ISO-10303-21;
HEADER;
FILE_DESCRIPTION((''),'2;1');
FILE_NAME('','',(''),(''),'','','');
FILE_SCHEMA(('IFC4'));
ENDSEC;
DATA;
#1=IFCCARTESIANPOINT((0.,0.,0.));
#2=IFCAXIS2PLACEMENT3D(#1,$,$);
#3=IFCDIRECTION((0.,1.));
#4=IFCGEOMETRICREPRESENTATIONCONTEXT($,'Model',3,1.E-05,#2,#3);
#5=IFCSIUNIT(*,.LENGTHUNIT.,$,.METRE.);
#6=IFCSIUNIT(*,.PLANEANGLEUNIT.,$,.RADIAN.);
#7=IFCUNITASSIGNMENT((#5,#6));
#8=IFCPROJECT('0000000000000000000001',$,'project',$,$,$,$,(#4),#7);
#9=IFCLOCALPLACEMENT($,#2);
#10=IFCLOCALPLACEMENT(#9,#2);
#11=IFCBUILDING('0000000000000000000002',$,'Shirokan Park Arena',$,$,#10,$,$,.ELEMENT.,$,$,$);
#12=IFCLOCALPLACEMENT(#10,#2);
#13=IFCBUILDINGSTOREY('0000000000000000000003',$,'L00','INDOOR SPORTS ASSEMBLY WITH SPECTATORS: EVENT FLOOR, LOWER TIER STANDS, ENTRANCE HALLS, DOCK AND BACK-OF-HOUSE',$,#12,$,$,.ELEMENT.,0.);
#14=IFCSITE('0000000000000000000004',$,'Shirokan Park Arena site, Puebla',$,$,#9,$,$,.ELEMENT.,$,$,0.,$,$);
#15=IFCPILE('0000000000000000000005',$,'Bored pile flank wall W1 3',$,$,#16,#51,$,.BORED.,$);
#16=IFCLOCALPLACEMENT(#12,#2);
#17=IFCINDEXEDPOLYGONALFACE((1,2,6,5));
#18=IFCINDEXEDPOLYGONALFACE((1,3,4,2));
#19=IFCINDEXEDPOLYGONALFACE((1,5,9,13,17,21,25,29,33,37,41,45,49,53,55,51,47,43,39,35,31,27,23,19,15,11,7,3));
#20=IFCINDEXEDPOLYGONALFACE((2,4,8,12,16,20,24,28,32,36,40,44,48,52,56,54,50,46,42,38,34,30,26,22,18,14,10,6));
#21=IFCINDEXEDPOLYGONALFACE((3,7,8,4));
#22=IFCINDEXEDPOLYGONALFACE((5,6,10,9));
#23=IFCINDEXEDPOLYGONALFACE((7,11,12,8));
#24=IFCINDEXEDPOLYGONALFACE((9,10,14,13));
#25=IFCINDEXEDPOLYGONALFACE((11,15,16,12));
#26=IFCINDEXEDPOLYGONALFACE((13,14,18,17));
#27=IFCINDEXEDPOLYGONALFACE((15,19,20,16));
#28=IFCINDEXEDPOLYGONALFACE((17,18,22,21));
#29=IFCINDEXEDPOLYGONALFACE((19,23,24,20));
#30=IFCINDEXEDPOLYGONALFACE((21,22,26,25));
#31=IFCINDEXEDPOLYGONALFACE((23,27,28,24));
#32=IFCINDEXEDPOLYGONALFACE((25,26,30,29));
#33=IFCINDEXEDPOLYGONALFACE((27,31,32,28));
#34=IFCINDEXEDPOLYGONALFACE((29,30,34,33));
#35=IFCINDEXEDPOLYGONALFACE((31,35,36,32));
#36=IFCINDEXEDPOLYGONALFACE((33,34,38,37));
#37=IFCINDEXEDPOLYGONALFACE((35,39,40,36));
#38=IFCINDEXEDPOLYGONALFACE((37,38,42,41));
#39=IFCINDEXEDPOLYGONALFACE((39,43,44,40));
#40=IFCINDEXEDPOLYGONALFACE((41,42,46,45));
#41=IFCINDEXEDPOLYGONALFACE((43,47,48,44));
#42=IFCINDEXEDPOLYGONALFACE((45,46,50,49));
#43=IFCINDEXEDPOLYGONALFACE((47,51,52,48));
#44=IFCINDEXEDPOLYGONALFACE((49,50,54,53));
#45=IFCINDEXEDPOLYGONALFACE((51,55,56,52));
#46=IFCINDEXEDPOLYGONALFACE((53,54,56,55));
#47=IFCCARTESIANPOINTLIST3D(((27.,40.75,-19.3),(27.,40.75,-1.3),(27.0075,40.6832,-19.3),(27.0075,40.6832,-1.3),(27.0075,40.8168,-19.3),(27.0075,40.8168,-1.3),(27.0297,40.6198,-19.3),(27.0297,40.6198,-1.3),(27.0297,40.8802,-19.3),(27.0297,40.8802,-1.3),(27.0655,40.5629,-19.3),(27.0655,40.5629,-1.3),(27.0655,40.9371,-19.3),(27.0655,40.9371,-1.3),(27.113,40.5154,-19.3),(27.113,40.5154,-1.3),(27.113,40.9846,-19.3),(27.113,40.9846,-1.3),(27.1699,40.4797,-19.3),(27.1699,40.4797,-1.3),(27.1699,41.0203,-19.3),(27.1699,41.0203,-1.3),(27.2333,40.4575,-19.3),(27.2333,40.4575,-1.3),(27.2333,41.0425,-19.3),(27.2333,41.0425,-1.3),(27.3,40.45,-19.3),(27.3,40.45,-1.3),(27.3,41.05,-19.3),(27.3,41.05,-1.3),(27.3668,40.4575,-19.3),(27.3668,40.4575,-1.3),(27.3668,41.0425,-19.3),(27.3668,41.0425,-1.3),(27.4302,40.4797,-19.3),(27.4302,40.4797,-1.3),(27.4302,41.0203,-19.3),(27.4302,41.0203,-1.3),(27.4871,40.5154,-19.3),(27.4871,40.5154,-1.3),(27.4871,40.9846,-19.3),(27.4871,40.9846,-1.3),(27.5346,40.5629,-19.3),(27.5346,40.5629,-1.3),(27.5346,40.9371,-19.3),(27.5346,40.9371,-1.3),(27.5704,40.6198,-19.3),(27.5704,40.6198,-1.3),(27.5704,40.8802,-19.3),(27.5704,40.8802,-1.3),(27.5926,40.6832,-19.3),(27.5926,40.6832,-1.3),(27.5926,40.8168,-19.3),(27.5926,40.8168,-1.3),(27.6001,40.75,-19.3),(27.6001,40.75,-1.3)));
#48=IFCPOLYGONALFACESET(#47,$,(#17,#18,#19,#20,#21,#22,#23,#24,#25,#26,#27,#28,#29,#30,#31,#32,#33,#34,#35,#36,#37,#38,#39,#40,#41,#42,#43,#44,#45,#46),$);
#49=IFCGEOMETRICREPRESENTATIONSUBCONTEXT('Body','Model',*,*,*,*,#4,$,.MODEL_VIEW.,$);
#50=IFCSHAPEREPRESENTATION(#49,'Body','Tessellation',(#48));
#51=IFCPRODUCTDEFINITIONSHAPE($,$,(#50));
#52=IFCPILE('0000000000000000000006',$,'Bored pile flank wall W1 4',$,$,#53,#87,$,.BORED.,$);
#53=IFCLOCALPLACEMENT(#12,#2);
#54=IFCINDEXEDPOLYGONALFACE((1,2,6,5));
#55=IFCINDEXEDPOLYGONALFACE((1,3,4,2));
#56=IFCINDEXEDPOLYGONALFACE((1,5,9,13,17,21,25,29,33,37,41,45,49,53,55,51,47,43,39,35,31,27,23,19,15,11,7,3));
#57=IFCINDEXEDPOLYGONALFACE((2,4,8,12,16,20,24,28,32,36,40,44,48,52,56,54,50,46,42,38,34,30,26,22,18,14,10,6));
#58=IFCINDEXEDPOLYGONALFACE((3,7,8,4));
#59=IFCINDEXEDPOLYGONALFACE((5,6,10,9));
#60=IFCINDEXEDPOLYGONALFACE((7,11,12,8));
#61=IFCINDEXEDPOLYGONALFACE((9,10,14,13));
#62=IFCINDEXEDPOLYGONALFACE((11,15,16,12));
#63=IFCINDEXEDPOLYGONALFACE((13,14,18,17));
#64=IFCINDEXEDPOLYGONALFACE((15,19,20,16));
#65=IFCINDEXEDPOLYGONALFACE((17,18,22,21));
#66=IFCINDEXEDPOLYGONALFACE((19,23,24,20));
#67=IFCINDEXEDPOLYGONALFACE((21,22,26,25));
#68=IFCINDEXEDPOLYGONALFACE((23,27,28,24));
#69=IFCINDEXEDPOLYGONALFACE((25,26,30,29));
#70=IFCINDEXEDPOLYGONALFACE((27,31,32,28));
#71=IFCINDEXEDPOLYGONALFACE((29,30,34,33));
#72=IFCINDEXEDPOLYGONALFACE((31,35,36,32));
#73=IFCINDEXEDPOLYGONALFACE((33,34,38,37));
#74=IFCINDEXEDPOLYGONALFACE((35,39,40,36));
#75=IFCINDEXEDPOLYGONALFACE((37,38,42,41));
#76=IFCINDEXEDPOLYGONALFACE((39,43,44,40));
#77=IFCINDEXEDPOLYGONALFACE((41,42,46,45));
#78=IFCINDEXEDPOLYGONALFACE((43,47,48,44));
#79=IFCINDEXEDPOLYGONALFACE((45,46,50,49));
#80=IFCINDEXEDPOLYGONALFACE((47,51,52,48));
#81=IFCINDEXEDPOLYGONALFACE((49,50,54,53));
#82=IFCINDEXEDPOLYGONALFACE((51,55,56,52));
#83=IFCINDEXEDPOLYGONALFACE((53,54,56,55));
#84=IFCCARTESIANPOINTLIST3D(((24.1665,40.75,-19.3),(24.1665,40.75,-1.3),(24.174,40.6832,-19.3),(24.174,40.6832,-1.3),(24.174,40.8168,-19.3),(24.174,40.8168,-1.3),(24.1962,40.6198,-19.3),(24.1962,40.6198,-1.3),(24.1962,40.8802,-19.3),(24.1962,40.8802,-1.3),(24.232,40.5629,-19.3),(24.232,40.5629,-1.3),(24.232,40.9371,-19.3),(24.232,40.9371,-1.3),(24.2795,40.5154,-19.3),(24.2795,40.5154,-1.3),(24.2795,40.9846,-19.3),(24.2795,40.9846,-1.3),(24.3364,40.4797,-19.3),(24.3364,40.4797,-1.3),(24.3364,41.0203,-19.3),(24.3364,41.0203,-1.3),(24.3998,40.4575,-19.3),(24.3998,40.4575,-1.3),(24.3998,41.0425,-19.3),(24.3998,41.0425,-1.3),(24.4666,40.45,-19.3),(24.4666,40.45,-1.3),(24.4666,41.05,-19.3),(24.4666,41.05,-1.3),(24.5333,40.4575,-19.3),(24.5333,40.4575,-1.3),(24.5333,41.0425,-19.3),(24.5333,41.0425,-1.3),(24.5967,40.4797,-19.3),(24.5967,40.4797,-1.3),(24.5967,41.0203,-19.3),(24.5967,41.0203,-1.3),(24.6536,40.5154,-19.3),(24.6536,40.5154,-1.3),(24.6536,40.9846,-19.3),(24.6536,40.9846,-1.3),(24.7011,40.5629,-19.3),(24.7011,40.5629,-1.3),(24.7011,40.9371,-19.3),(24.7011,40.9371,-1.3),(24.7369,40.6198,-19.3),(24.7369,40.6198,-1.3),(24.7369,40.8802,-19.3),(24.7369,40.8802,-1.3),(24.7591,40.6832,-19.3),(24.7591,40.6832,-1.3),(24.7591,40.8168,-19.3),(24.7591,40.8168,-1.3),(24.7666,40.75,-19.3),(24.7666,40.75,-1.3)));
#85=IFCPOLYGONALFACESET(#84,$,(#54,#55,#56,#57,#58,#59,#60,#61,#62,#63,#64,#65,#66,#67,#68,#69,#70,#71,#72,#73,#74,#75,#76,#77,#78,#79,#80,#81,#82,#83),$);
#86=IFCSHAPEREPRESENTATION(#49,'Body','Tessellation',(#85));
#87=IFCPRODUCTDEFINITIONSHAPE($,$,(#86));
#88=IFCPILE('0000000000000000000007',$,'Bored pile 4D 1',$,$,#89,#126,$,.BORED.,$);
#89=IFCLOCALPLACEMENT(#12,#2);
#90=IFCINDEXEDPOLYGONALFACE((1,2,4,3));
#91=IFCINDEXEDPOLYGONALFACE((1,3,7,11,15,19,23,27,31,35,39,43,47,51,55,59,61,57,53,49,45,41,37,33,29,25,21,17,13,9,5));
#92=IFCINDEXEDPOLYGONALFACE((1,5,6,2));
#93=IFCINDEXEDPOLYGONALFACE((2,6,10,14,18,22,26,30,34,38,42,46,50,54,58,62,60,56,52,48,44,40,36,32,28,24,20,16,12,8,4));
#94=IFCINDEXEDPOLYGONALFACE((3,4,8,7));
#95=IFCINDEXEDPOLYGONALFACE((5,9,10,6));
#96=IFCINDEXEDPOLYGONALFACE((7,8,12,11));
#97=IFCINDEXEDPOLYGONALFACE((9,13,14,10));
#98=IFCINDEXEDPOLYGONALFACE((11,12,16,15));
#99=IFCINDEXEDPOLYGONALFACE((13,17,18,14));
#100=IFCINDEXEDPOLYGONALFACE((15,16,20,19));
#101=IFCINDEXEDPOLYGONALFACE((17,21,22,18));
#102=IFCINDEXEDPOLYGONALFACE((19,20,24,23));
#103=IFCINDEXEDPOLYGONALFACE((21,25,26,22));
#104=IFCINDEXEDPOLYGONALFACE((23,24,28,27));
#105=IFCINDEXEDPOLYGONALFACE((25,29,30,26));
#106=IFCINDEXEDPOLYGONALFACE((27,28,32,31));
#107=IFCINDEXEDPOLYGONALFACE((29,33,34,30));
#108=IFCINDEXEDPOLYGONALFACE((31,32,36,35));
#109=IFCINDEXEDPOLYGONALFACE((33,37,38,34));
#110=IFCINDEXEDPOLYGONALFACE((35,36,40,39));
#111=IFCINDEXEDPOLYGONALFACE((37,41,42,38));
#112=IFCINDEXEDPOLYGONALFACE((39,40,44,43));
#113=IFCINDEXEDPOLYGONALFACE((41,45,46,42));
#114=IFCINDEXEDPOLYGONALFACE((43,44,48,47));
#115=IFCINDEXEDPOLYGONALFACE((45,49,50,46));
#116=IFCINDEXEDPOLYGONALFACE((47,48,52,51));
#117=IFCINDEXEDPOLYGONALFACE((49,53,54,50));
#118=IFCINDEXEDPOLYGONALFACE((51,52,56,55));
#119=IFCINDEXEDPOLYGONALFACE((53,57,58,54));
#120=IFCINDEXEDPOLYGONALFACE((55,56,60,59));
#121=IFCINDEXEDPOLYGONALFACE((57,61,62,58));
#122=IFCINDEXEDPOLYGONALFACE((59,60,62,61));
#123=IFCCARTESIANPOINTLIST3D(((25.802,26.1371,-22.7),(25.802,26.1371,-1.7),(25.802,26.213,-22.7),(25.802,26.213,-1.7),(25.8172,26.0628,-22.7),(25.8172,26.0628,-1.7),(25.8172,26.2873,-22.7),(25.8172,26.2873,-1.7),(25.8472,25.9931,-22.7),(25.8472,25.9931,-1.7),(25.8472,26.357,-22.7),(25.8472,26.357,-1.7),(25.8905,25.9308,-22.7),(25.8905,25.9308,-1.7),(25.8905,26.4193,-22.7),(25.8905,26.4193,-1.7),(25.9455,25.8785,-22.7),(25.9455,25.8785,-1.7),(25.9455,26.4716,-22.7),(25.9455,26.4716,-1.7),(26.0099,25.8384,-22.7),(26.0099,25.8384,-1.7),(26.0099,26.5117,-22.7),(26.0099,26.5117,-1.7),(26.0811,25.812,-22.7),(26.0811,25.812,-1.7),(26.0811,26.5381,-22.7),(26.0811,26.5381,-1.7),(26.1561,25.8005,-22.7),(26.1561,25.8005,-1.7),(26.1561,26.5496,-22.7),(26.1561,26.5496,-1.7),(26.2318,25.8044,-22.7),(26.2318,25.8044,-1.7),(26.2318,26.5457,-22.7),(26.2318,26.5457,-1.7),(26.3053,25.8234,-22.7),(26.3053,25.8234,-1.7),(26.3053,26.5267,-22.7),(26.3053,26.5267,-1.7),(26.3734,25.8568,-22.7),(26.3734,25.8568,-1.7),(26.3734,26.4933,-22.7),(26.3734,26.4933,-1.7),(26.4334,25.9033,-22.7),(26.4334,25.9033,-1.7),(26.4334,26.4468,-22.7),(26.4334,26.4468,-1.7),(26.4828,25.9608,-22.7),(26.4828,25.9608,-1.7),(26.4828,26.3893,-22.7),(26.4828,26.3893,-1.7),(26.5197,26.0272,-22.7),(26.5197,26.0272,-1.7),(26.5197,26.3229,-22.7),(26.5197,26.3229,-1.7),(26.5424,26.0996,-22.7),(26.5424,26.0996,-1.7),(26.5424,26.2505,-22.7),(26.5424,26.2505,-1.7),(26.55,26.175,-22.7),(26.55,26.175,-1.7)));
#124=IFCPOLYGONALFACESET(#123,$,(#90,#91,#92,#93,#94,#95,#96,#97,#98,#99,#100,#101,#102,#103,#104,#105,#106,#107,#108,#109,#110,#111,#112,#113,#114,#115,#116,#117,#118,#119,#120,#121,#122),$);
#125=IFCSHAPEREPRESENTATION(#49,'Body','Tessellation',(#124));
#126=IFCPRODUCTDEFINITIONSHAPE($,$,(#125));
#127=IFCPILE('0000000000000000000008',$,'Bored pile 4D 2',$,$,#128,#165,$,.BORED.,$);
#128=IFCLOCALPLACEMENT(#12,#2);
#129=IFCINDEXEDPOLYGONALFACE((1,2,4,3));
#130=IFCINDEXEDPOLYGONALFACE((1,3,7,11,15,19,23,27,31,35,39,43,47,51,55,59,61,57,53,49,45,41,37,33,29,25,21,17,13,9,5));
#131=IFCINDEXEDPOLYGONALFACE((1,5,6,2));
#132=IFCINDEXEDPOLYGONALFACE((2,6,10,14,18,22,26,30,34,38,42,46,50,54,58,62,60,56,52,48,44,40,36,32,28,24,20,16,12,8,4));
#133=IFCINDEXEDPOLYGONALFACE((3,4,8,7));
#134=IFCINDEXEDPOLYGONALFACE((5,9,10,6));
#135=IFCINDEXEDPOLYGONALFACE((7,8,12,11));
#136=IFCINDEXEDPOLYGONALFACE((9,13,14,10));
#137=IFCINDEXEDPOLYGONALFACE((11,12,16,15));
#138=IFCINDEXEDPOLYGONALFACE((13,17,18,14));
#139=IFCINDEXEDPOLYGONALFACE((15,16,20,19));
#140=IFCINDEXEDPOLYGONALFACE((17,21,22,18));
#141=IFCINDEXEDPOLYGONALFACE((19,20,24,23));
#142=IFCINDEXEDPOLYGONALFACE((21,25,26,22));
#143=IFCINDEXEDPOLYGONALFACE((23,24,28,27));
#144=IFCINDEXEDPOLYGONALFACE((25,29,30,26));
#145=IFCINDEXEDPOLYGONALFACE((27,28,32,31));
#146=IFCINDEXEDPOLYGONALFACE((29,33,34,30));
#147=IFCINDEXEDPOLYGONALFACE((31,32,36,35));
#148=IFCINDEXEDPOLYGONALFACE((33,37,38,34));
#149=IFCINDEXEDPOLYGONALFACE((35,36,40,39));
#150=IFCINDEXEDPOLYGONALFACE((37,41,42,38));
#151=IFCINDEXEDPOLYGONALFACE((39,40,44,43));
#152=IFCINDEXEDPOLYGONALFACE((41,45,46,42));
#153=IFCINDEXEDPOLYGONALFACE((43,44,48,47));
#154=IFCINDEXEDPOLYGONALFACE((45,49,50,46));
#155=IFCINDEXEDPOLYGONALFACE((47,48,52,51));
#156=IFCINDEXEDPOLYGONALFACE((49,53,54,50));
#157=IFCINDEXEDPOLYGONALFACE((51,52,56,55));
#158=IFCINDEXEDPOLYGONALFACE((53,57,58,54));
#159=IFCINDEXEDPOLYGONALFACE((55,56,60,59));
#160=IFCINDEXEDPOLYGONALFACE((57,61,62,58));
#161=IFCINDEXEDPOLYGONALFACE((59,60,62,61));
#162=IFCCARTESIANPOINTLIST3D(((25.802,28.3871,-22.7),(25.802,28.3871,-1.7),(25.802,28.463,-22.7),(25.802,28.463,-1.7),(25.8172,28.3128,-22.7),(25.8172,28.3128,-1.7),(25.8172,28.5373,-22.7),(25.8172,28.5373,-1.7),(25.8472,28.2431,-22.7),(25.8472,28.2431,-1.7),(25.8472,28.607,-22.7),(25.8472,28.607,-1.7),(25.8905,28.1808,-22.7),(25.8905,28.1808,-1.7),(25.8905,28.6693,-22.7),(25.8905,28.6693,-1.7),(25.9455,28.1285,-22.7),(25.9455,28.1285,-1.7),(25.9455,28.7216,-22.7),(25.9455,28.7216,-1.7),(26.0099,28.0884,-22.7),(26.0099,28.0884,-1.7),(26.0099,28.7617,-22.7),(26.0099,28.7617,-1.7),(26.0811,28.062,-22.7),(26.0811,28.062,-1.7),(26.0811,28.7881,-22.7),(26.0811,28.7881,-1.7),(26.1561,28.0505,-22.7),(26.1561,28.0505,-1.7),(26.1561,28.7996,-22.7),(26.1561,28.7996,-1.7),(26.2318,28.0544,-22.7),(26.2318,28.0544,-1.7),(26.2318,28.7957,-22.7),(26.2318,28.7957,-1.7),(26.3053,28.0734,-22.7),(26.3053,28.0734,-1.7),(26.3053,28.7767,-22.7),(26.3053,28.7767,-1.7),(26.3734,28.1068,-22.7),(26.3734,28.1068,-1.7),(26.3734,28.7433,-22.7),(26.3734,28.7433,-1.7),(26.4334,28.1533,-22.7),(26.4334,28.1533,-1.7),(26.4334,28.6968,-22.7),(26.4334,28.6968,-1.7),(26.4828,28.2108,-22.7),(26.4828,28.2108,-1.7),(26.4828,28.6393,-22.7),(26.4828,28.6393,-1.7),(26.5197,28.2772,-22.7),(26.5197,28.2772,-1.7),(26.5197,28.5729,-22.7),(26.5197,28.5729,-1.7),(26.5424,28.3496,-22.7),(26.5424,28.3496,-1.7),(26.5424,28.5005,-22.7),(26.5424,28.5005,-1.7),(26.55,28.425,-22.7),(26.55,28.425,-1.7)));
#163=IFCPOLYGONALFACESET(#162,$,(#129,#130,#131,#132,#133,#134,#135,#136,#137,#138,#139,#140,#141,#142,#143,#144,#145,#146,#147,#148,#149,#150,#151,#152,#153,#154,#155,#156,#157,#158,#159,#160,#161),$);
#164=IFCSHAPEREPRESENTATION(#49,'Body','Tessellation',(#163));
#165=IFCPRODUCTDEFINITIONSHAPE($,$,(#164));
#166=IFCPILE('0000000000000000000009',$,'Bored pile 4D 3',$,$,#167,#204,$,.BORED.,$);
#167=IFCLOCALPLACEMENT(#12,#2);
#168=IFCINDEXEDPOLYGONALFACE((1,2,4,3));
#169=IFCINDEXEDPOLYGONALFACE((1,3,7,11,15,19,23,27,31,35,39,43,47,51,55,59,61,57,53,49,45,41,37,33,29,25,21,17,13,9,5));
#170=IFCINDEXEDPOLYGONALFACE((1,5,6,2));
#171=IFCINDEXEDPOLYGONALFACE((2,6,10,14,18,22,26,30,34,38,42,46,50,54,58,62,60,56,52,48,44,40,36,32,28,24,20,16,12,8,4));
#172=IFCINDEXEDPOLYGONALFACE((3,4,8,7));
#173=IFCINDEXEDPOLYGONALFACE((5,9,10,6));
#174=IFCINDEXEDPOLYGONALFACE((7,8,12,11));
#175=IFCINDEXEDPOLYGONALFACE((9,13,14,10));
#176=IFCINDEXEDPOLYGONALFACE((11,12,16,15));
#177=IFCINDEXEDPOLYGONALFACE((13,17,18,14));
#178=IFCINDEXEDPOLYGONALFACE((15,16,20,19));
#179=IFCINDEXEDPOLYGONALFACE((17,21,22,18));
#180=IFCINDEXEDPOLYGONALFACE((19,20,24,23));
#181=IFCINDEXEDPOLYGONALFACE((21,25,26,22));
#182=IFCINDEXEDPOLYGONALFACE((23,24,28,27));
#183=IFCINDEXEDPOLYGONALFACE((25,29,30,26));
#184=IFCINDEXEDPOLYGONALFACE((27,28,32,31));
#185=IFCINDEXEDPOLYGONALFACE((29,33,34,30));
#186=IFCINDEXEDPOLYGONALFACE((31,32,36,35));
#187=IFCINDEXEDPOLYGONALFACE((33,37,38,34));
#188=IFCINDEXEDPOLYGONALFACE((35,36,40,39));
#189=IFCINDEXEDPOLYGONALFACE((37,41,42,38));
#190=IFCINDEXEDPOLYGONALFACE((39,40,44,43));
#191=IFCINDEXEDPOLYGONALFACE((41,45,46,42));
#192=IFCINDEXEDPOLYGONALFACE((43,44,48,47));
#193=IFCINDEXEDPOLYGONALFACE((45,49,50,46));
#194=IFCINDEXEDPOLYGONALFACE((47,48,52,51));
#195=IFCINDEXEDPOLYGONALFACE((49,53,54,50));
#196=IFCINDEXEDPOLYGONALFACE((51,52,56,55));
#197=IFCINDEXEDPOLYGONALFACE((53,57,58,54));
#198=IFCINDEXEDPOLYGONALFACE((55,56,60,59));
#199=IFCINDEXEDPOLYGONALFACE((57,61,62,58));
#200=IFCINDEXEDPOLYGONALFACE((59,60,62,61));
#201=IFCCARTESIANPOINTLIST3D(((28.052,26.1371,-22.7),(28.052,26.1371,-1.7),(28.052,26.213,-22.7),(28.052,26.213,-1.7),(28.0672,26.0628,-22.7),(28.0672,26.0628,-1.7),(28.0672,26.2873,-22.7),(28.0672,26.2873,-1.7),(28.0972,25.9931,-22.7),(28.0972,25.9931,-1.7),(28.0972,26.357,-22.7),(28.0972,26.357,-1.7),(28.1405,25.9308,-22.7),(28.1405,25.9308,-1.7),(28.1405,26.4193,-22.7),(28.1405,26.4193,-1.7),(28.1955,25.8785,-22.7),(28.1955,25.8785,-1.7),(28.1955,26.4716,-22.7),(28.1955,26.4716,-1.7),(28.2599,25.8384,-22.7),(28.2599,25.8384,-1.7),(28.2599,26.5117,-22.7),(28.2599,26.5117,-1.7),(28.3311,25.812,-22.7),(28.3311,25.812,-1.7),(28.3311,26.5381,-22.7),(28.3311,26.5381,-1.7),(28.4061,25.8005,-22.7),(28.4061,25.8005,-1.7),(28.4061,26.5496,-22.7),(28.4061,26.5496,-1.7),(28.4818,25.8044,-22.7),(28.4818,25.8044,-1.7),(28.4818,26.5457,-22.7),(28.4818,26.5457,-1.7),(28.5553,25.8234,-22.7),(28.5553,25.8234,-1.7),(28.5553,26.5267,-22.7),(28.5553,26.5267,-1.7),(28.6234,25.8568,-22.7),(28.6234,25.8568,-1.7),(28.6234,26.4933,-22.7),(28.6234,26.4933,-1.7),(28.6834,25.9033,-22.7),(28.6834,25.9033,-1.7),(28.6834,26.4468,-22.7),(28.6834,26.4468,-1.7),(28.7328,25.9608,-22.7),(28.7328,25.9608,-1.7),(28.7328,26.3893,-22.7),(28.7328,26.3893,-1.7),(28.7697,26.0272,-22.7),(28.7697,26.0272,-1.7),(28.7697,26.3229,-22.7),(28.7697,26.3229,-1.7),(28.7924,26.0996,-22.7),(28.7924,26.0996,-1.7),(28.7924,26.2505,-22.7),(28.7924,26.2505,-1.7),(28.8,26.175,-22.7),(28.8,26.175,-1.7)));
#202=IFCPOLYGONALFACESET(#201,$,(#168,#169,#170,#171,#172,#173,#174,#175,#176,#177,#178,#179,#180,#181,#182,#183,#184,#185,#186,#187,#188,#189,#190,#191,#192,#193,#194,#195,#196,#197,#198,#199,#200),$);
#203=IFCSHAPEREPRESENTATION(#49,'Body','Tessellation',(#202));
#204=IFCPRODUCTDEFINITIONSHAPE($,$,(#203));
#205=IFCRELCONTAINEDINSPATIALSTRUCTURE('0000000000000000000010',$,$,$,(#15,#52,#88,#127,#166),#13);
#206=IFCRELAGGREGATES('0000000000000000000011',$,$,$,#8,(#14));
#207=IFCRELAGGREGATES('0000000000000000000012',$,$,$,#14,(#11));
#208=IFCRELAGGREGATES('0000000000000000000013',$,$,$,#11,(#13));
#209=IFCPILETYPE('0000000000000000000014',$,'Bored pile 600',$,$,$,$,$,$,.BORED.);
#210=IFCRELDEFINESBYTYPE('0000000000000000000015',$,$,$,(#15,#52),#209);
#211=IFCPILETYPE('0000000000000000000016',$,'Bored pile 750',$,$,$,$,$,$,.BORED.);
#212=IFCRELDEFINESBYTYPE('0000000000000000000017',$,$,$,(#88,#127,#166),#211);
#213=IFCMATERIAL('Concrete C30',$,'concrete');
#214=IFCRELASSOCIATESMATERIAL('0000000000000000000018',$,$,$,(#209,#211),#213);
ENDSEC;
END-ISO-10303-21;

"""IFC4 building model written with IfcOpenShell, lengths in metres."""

from ifc_helpers import new_model, si_unit, direction, frame, origin, origin_2d, place, context, subcontext, project, spatial, circle, extrude, material, material_profile, profile_set, type_object, element, save


model = new_model("IFC4")

# Units and contexts
model_context = context("Model", 3, precision=1e-05, world=origin(), true_north=direction((0.0, 1.0)))
body_context = subcontext(model_context, "Body", "Model", "MODEL_VIEW")
ifc_project = project(units=[si_unit("LENGTHUNIT", "METRE"), si_unit("PLANEANGLEUNIT", "RADIAN")], contexts=[model_context])

# Site, building, storey
site_placement = place(None, origin())
site = spatial("IfcSite", under=ifc_project, at=site_placement, Name="Shirokan Park Arena site, Puebla", CompositionType="ELEMENT", RefElevation=0.0)
building_placement = place(site_placement, origin())
building = spatial("IfcBuilding", under=site, at=building_placement, Name="Shirokan Park Arena", CompositionType="ELEMENT")
storey_placement = place(building_placement, origin())
storey = spatial("IfcBuildingStorey", under=building, at=storey_placement, Name="L00", Description="INDOOR SPORTS ASSEMBLY WITH SPECTATORS: EVENT FLOOR, LOWER TIER STANDS, ENTRANCE HALLS, DOCK AND BACK-OF-HOUSE", CompositionType="ELEMENT", Elevation=0.0)

# Piles
ifc_material_1 = material(Name="Concrete C30", Category="concrete")
ifc_material_profile_1 = material_profile(ifc_material_1, circle(Radius=0.3, at=origin_2d()), Name="D600")
ifc_profile_set_1 = profile_set([ifc_material_profile_1], Name="Concrete C30")
pile_type_1 = type_object("IfcPileType", Name="Bored pile 600", PredefinedType="BORED", material=ifc_profile_set_1)
for number, where, z_axis, x_axis, name in (
    (1, (27.3, 40.75, -1.3), (0.0, 0.0, -1.0), (1.0, 0.0, 0.0), "Bored pile flank wall W1 3"),
    (2, (24.4666, 40.75, -1.3), (0.0, 0.0, -1.0), (1.0, 0.0, 0.0), "Bored pile flank wall W1 4"),
):
    element("IfcPile", number, at=place(storey_placement, frame(where, z_axis=z_axis, x_axis=x_axis)), inside=storey, type_object=pile_type_1, Name=name, PredefinedType="BORED", context=body_context, shape_type="SweptSolid", body=[
        extrude(circle(Radius=0.3, at=origin_2d()), origin(), (0.0, 0.0, 1.0), 18.0),
    ])
ifc_material_profile_2 = material_profile(ifc_material_1, circle(Radius=0.375, at=origin_2d()), Name="D750")
ifc_profile_set_2 = profile_set([ifc_material_profile_2], Name="Concrete C30")
pile_type_2 = type_object("IfcPileType", Name="Bored pile 750", PredefinedType="BORED", material=ifc_profile_set_2)
for number, where, z_axis, x_axis, name in (
    (3, (26.175, 26.175, -1.7), (0.0, 0.0, -1.0), (1.0, 0.0, 0.0), "Bored pile 4D 1"),
    (4, (26.175, 28.425, -1.7), (0.0, 0.0, -1.0), (1.0, 0.0, 0.0), "Bored pile 4D 2"),
    (5, (28.425, 26.175, -1.7), (0.0, 0.0, -1.0), (1.0, 0.0, 0.0), "Bored pile 4D 3"),
):
    element("IfcPile", number, at=place(storey_placement, frame(where, z_axis=z_axis, x_axis=x_axis)), inside=storey, type_object=pile_type_2, Name=name, PredefinedType="BORED", context=body_context, shape_type="SweptSolid", body=[
        extrude(circle(Radius=0.375, at=origin_2d()), origin(), (0.0, 0.0, 1.0), 21.0),
    ])

save(model, "model.ifc")
